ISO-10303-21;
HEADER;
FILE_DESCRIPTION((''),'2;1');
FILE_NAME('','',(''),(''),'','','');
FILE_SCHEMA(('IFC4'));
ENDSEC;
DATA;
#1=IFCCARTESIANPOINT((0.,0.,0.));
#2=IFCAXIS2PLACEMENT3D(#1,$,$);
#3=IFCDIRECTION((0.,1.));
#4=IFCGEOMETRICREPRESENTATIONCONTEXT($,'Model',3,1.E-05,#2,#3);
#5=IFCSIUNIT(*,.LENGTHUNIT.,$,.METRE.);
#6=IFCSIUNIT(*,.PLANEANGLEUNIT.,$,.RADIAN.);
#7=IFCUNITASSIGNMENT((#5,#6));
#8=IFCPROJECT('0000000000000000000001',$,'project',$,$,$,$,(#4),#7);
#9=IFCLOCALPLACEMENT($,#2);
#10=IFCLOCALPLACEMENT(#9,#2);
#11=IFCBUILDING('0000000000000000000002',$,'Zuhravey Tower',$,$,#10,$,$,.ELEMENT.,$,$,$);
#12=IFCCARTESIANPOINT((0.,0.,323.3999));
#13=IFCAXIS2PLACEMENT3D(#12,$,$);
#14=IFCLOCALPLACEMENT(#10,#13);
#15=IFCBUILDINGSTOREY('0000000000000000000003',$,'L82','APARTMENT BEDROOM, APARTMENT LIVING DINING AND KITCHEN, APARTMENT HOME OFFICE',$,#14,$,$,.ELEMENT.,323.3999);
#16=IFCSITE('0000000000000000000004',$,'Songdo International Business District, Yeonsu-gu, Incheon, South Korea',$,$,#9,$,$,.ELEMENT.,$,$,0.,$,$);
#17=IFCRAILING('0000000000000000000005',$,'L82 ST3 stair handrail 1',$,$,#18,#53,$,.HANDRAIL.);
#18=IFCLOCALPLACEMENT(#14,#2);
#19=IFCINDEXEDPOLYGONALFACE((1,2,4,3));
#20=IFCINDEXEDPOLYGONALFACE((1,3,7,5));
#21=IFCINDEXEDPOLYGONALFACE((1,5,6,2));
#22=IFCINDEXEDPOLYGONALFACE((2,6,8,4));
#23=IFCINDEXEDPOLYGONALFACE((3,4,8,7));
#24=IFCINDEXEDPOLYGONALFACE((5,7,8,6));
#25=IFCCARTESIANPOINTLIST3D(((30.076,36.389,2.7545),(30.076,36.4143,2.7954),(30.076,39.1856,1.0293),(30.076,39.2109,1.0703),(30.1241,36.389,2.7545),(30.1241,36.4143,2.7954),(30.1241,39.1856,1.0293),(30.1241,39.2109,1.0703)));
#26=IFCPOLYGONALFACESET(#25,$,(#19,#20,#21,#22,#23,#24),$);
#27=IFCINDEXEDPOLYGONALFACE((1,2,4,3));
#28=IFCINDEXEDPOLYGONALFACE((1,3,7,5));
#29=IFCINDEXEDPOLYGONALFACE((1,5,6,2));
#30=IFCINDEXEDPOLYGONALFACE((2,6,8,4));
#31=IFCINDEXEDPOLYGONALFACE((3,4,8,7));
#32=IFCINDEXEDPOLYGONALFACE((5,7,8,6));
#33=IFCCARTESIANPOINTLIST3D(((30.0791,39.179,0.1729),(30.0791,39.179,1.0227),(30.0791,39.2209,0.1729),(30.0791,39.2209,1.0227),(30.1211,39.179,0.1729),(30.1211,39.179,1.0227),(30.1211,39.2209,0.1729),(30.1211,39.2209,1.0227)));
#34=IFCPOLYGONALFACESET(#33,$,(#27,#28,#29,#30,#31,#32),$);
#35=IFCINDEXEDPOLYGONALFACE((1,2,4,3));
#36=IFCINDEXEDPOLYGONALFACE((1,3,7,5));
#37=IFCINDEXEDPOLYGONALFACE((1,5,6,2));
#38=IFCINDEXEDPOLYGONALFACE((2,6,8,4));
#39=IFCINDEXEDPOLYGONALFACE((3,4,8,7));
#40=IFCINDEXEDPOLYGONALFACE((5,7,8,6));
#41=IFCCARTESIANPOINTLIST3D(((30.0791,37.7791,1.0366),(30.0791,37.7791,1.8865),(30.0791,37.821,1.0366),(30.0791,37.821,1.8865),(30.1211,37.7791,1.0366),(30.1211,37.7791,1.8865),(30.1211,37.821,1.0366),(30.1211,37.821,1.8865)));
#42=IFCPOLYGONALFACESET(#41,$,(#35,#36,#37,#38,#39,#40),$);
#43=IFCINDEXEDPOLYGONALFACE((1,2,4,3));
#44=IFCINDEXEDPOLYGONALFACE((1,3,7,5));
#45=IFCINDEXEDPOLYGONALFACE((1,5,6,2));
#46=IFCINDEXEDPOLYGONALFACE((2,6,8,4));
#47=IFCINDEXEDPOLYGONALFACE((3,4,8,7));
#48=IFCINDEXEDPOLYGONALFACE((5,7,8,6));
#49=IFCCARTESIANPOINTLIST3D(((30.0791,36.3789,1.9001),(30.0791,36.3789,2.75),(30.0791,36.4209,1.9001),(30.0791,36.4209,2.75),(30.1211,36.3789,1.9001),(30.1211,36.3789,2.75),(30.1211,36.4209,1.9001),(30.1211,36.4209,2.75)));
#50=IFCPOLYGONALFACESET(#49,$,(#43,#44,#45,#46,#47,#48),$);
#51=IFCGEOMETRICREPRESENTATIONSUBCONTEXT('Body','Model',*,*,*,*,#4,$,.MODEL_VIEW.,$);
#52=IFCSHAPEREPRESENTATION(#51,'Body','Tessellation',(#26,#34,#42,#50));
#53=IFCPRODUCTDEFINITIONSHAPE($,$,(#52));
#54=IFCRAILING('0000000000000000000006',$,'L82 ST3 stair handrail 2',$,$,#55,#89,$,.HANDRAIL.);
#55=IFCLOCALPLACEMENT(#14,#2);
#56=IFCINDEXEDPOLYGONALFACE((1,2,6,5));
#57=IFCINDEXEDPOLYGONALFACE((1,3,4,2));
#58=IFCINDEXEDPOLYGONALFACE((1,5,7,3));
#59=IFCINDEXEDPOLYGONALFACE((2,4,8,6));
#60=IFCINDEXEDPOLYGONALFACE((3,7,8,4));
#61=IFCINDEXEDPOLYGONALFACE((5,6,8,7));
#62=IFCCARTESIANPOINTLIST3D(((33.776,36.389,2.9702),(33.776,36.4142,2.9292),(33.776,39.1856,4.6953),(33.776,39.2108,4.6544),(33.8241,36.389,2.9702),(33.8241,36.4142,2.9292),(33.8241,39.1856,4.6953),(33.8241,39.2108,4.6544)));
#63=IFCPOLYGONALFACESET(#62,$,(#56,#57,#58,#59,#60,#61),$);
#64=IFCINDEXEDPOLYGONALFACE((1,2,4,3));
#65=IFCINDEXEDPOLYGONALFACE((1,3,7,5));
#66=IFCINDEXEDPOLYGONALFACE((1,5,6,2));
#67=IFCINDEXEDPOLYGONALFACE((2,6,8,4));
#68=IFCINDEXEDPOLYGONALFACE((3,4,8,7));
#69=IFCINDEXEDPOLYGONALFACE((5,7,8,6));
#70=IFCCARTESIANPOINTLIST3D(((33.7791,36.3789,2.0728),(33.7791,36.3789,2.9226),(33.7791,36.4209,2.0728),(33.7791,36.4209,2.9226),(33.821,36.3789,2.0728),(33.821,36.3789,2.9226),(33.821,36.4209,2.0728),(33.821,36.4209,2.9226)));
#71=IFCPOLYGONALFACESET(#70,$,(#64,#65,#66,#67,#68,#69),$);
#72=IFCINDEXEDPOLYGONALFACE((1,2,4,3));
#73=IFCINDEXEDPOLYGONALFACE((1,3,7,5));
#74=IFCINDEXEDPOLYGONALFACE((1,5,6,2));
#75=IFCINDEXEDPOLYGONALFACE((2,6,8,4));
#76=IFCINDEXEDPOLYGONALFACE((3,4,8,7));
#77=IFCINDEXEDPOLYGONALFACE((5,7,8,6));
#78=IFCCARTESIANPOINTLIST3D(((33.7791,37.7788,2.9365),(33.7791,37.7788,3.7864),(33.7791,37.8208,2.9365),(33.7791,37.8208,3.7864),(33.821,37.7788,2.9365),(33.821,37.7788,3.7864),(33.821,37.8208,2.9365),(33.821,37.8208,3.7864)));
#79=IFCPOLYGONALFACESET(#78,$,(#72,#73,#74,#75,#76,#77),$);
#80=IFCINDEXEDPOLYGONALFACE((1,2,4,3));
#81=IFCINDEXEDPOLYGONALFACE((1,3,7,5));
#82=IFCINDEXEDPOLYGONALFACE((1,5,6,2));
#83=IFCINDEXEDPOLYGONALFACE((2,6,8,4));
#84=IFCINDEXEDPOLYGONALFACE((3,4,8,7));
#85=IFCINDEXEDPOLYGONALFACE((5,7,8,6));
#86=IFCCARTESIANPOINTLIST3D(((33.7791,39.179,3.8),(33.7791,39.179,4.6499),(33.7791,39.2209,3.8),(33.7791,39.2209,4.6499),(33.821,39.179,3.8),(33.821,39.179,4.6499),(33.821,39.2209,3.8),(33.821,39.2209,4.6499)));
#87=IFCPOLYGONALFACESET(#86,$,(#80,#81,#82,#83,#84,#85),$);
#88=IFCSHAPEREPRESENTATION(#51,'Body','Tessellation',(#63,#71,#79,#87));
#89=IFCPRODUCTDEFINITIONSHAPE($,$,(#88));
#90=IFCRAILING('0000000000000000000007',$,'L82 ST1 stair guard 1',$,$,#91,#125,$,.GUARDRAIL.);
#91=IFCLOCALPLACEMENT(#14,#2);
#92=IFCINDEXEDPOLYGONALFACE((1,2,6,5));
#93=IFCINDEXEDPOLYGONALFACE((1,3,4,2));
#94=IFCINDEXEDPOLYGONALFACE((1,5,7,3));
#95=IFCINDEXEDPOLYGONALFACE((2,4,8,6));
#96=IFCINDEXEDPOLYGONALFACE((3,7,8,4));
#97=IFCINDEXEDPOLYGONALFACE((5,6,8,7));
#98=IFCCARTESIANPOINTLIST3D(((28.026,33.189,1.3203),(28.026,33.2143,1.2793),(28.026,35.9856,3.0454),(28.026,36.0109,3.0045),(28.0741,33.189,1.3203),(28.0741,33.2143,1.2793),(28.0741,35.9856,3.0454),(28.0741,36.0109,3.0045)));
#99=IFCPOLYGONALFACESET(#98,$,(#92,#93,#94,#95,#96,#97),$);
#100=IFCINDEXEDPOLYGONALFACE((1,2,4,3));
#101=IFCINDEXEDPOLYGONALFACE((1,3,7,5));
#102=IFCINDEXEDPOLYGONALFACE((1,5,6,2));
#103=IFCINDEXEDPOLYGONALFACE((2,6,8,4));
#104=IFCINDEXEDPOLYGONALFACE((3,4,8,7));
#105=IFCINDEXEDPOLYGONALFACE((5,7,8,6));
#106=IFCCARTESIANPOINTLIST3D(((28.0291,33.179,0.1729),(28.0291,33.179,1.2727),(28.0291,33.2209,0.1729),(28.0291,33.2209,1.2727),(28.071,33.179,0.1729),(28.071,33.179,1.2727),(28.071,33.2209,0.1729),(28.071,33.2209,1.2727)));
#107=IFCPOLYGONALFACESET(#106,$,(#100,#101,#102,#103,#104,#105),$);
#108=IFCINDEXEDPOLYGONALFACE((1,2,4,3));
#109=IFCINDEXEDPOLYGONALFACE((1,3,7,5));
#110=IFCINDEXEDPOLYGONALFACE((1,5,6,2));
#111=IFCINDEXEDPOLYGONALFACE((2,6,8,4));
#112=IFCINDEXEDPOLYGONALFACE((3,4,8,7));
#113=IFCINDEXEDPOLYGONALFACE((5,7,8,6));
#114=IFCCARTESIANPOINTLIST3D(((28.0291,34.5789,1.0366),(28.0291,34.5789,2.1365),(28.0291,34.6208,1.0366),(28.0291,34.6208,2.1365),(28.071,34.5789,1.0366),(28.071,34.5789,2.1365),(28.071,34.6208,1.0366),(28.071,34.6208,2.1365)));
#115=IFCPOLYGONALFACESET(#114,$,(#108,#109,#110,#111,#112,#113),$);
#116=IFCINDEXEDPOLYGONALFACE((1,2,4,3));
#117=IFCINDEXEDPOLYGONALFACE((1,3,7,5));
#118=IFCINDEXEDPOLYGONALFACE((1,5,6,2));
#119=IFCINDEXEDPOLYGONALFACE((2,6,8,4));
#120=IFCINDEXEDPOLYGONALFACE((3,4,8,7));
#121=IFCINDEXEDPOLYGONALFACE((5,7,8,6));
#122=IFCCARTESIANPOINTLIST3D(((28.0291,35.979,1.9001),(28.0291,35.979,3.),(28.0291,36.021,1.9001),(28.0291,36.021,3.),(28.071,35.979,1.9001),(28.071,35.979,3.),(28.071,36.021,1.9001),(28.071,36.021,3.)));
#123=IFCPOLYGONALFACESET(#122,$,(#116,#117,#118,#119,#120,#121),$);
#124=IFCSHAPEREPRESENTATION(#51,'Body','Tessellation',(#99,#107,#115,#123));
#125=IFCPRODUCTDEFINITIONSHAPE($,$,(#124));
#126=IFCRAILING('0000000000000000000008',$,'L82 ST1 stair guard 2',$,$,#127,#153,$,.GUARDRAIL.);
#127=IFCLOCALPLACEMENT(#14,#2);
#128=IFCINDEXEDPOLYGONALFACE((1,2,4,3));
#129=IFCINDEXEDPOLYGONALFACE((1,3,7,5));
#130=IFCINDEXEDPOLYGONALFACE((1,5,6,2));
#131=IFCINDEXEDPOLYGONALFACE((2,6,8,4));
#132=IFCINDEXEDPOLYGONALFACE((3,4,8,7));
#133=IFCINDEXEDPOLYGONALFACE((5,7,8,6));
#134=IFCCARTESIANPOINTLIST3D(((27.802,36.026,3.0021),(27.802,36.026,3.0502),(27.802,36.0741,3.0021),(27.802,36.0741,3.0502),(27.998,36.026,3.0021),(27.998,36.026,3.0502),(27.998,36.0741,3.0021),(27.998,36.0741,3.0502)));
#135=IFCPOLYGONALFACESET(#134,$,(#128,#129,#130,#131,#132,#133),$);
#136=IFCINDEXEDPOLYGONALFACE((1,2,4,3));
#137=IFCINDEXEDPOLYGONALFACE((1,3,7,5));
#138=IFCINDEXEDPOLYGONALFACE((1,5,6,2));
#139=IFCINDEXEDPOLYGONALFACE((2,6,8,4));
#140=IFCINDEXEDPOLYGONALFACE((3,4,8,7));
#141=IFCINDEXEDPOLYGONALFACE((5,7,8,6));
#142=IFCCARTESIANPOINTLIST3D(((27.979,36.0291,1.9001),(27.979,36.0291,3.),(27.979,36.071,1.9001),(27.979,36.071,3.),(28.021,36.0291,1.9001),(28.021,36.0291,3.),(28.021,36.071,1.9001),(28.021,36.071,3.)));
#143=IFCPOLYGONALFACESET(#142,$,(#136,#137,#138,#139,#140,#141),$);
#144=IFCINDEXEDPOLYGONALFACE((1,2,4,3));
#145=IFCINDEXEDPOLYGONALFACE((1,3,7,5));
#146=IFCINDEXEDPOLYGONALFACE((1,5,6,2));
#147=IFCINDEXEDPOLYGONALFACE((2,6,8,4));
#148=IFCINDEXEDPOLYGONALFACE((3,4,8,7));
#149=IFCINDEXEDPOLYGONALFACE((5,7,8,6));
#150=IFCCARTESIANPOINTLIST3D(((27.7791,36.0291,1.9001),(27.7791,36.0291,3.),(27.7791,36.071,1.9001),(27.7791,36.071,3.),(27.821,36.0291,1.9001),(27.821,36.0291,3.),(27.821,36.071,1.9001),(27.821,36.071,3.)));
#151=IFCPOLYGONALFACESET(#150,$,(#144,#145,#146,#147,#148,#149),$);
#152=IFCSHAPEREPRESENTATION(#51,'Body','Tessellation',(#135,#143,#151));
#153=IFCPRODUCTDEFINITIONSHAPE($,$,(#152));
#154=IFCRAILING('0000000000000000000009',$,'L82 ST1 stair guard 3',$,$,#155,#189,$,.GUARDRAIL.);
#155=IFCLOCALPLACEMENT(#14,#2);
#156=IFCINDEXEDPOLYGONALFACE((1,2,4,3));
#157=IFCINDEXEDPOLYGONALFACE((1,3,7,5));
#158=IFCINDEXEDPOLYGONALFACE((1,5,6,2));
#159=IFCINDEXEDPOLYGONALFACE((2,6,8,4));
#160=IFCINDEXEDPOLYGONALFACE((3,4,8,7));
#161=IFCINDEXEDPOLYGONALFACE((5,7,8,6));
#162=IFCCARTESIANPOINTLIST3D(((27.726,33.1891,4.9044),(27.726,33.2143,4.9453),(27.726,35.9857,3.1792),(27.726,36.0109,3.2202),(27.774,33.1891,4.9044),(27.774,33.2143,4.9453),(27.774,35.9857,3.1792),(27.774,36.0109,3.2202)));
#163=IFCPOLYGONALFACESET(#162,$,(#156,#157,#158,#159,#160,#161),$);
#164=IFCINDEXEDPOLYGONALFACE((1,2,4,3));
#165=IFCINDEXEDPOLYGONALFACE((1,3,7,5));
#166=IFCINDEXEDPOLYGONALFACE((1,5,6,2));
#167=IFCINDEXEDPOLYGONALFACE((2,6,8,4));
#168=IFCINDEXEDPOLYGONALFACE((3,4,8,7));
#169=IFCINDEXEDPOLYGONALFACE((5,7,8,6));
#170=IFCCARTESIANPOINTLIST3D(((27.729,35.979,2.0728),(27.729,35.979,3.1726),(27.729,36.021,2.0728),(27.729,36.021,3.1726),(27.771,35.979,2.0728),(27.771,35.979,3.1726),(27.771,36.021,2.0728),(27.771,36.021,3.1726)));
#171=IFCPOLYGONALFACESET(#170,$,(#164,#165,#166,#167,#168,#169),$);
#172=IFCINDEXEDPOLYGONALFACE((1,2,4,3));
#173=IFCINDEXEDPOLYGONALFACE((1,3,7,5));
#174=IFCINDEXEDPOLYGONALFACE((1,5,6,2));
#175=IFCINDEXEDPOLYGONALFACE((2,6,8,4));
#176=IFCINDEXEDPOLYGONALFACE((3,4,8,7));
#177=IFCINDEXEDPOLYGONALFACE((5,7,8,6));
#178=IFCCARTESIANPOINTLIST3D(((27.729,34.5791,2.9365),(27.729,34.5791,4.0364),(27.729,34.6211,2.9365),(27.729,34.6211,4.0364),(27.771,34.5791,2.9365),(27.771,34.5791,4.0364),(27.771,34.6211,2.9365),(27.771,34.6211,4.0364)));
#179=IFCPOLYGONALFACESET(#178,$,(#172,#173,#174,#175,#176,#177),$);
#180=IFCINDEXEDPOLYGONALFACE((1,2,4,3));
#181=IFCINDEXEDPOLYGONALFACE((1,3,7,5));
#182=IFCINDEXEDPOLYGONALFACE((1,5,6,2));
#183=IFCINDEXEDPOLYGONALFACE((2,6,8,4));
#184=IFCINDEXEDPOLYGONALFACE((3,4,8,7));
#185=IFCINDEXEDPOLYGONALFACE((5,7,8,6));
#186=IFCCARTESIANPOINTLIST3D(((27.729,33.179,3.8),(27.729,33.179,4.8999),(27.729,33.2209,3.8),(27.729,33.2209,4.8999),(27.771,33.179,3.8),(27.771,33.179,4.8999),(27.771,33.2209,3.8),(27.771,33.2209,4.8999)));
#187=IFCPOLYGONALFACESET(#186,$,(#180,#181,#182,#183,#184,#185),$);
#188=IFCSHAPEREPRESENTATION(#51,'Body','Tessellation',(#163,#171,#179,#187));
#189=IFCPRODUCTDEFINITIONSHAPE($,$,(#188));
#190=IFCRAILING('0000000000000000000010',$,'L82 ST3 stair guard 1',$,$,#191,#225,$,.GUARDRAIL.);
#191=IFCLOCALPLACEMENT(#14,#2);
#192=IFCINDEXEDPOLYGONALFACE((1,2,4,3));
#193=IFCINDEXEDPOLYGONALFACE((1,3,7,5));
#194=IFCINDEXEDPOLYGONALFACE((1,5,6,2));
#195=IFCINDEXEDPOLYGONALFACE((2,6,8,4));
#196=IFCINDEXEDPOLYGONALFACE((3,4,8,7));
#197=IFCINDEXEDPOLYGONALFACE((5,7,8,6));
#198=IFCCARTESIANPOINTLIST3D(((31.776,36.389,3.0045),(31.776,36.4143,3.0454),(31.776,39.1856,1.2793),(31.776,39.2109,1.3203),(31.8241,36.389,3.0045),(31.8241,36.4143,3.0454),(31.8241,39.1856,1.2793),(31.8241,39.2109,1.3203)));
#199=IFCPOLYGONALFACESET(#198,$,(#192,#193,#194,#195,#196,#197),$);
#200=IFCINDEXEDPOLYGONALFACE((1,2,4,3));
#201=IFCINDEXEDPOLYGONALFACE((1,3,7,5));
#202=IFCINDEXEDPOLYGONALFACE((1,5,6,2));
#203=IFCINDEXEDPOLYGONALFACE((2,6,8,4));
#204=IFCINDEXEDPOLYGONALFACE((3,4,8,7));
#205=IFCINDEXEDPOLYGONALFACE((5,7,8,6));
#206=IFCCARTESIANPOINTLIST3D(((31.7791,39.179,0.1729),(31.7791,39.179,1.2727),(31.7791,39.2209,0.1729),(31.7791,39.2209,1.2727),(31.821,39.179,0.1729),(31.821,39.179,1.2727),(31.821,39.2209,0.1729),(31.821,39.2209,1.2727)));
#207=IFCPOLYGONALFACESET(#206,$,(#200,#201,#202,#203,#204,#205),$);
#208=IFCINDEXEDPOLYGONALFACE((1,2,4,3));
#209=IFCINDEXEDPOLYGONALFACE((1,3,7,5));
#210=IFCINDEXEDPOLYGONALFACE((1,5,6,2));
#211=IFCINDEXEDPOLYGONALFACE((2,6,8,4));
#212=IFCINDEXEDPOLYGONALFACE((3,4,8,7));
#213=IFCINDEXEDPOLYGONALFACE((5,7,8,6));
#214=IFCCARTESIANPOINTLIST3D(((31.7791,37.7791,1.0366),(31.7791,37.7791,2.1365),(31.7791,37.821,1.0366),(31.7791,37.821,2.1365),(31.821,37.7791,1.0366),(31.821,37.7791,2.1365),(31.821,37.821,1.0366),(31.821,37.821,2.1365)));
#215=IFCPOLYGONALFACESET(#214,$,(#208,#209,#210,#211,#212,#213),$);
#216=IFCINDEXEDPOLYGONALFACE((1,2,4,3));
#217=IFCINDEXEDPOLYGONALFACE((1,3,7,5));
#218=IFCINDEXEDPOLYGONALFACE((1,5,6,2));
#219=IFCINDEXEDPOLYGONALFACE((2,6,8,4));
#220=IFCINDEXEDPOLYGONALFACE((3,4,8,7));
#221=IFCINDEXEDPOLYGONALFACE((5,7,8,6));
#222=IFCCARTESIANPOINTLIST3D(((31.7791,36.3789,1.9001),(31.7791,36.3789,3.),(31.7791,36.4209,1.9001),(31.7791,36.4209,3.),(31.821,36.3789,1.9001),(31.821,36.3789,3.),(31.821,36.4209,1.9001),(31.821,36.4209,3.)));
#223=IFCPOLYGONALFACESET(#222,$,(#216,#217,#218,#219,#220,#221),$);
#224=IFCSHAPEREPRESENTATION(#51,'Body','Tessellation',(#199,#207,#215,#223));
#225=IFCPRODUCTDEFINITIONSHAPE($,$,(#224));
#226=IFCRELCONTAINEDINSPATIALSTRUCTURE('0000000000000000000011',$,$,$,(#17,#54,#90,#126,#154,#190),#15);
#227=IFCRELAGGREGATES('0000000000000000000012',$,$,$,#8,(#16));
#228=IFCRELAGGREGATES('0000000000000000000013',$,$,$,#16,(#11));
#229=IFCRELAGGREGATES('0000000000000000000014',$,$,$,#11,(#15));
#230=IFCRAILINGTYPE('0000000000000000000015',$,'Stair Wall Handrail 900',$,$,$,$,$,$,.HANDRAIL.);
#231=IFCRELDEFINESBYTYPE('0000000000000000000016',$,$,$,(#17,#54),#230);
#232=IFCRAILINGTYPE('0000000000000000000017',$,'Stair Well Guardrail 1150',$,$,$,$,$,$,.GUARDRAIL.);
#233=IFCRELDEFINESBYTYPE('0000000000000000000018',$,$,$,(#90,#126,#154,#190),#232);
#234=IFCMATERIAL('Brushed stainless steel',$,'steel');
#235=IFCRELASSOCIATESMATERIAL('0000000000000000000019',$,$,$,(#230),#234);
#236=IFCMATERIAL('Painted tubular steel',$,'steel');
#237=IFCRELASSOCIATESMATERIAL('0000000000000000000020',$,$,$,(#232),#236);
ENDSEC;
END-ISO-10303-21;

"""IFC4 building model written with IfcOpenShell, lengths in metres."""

from ifc_helpers import new_model, si_unit, direction, frame, origin, origin_2d, place, context, subcontext, project, spatial, rectangle, extrude, material, type_object, element, save


model = new_model("IFC4")

# Units and contexts
model_context = context("Model", 3, precision=1e-05, world=origin(), true_north=direction((0.0, 1.0)))
body_context = subcontext(model_context, "Body", "Model", "MODEL_VIEW")
ifc_project = project(units=[si_unit("LENGTHUNIT", "METRE"), si_unit("PLANEANGLEUNIT", "RADIAN")], contexts=[model_context])

# Site, building, storey
site_placement = place(None, origin())
site = spatial("IfcSite", under=ifc_project, at=site_placement, Name="Songdo International Business District, Yeonsu-gu, Incheon, South Korea", CompositionType="ELEMENT", RefElevation=0.0)
building_placement = place(site_placement, origin())
building = spatial("IfcBuilding", under=site, at=building_placement, Name="Zuhravey Tower", CompositionType="ELEMENT")
storey_placement = place(building_placement, frame((0.0, 0.0, 323.3999)))
storey = spatial("IfcBuildingStorey", under=building, at=storey_placement, Name="L82", Description="APARTMENT BEDROOM, APARTMENT LIVING DINING AND KITCHEN, APARTMENT HOME OFFICE", CompositionType="ELEMENT", Elevation=323.3999)

# Railings
ifc_material_1 = material(Name="Brushed stainless steel", Category="steel")
railing_type_1 = type_object("IfcRailingType", Name="Stair Wall Handrail 900", PredefinedType="HANDRAIL", material=ifc_material_1)
for number, where, name in (
    (1, (30.1001, 39.2, 0.1729), "L82 ST3 stair handrail 1"),
):
    element("IfcRailing", number, at=place(storey_placement, frame(where)), inside=storey, type_object=railing_type_1, Name=name, PredefinedType="HANDRAIL", context=body_context, shape_type="SweptSolid", body=[
        extrude(rectangle(XDim=0.0481, YDim=0.0481, at=origin_2d()), frame((0.0, -0.0017, 0.877), z_axis=(0.0, -0.85109, 0.52502), x_axis=(1.0, 0.0, 0.0)), (0.0, 0.0, 1.0), 3.2859),
        extrude(rectangle(XDim=0.042, YDim=0.042, at=origin_2d()), origin(), (0.0, 0.0, 1.0), 0.8499),
        extrude(rectangle(XDim=0.042, YDim=0.042, at=origin_2d()), frame((0.0, -1.3999, 0.8638)), (0.0, 0.0, 1.0), 0.8499),
        extrude(rectangle(XDim=0.042, YDim=0.042, at=origin_2d()), frame((0.0, -2.8, 1.7273)), (0.0, 0.0, 1.0), 0.8499),
    ])
railing_1_placement = place(storey_placement, frame((33.8, 36.3999, 2.0728)))
element("IfcRailing", 2, at=railing_1_placement, inside=storey, type_object=railing_type_1, Name="L82 ST3 stair handrail 2", PredefinedType="HANDRAIL", context=body_context, shape_type="SweptSolid", body=[
    extrude(rectangle(XDim=0.0481, YDim=0.0481, at=origin_2d()), frame((0.0, 0.0017, 0.877), z_axis=(0.0, 0.85109, 0.52502), x_axis=(-1.0, 0.0, 0.0)), (0.0, 0.0, 1.0), 3.2859),
    extrude(rectangle(XDim=0.042, YDim=0.042, at=origin_2d()), origin(), (0.0, 0.0, 1.0), 0.8499),
    extrude(rectangle(XDim=0.042, YDim=0.042, at=origin_2d()), frame((0.0, 1.3999, 0.8638)), (0.0, 0.0, 1.0), 0.8499),
    extrude(rectangle(XDim=0.042, YDim=0.042, at=origin_2d()), frame((0.0, 2.8, 1.7273)), (0.0, 0.0, 1.0), 0.8499),
])
ifc_material_2 = material(Name="Painted tubular steel", Category="steel")
railing_type_2 = type_object("IfcRailingType", Name="Stair Well Guardrail 1150", PredefinedType="GUARDRAIL", material=ifc_material_2)
railing_2_placement = place(storey_placement, frame((28.05, 33.2, 0.1729)))
element("IfcRailing", 3, at=railing_2_placement, inside=storey, type_object=railing_type_2, Name="L82 ST1 stair guard 1", PredefinedType="GUARDRAIL", context=body_context, shape_type="SweptSolid", body=[
    extrude(rectangle(XDim=0.0481, YDim=0.0481, at=origin_2d()), frame((0.0, 0.0017, 1.127), z_axis=(0.0, 0.85109, 0.52502), x_axis=(-1.0, 0.0, 0.0)), (0.0, 0.0, 1.0), 3.2859),
    extrude(rectangle(XDim=0.042, YDim=0.042, at=origin_2d()), origin(), (0.0, 0.0, 1.0), 1.0999),
    extrude(rectangle(XDim=0.042, YDim=0.042, at=origin_2d()), frame((0.0, 1.3999, 0.8638)), (0.0, 0.0, 1.0), 1.0999),
    extrude(rectangle(XDim=0.042, YDim=0.042, at=origin_2d()), frame((0.0, 2.8, 1.7273)), (0.0, 0.0, 1.0), 1.0999),
])
railing_3_placement = place(storey_placement, frame((28.0, 36.05, 1.9001)))
element("IfcRailing", 4, at=railing_3_placement, inside=storey, type_object=railing_type_2, Name="L82 ST1 stair guard 2", PredefinedType="GUARDRAIL", context=body_context, shape_type="SweptSolid", body=[
    extrude(rectangle(XDim=0.0481, YDim=0.0481, at=origin_2d()), frame((-0.002, 0.0, 1.126), z_axis=(-1.0, 0.0, 0.0), x_axis=(0.0, -1.0, 0.0)), (0.0, 0.0, 1.0), 0.196),
    extrude(rectangle(XDim=0.042, YDim=0.042, at=origin_2d()), origin(), (0.0, 0.0, 1.0), 1.0999),
    extrude(rectangle(XDim=0.042, YDim=0.042, at=origin_2d()), frame((-0.2, 0.0, 0.0)), (0.0, 0.0, 1.0), 1.0999),
])
for number, where, name in (
    (5, (27.75, 36.0, 2.0728), "L82 ST1 stair guard 3"),
    (6, (31.8, 39.2, 0.1729), "L82 ST3 stair guard 1"),
):
    element("IfcRailing", number, at=place(storey_placement, frame(where)), inside=storey, type_object=railing_type_2, Name=name, PredefinedType="GUARDRAIL", context=body_context, shape_type="SweptSolid", body=[
        extrude(rectangle(XDim=0.0481, YDim=0.0481, at=origin_2d()), frame((0.0, -0.0017, 1.127), z_axis=(0.0, -0.85109, 0.52502), x_axis=(1.0, 0.0, 0.0)), (0.0, 0.0, 1.0), 3.2859),
        extrude(rectangle(XDim=0.042, YDim=0.042, at=origin_2d()), origin(), (0.0, 0.0, 1.0), 1.0999),
        extrude(rectangle(XDim=0.042, YDim=0.042, at=origin_2d()), frame((0.0, -1.3999, 0.8638)), (0.0, 0.0, 1.0), 1.0999),
        extrude(rectangle(XDim=0.042, YDim=0.042, at=origin_2d()), frame((0.0, -2.8, 1.7273)), (0.0, 0.0, 1.0), 1.0999),
    ])

save(model, "model.ifc")
